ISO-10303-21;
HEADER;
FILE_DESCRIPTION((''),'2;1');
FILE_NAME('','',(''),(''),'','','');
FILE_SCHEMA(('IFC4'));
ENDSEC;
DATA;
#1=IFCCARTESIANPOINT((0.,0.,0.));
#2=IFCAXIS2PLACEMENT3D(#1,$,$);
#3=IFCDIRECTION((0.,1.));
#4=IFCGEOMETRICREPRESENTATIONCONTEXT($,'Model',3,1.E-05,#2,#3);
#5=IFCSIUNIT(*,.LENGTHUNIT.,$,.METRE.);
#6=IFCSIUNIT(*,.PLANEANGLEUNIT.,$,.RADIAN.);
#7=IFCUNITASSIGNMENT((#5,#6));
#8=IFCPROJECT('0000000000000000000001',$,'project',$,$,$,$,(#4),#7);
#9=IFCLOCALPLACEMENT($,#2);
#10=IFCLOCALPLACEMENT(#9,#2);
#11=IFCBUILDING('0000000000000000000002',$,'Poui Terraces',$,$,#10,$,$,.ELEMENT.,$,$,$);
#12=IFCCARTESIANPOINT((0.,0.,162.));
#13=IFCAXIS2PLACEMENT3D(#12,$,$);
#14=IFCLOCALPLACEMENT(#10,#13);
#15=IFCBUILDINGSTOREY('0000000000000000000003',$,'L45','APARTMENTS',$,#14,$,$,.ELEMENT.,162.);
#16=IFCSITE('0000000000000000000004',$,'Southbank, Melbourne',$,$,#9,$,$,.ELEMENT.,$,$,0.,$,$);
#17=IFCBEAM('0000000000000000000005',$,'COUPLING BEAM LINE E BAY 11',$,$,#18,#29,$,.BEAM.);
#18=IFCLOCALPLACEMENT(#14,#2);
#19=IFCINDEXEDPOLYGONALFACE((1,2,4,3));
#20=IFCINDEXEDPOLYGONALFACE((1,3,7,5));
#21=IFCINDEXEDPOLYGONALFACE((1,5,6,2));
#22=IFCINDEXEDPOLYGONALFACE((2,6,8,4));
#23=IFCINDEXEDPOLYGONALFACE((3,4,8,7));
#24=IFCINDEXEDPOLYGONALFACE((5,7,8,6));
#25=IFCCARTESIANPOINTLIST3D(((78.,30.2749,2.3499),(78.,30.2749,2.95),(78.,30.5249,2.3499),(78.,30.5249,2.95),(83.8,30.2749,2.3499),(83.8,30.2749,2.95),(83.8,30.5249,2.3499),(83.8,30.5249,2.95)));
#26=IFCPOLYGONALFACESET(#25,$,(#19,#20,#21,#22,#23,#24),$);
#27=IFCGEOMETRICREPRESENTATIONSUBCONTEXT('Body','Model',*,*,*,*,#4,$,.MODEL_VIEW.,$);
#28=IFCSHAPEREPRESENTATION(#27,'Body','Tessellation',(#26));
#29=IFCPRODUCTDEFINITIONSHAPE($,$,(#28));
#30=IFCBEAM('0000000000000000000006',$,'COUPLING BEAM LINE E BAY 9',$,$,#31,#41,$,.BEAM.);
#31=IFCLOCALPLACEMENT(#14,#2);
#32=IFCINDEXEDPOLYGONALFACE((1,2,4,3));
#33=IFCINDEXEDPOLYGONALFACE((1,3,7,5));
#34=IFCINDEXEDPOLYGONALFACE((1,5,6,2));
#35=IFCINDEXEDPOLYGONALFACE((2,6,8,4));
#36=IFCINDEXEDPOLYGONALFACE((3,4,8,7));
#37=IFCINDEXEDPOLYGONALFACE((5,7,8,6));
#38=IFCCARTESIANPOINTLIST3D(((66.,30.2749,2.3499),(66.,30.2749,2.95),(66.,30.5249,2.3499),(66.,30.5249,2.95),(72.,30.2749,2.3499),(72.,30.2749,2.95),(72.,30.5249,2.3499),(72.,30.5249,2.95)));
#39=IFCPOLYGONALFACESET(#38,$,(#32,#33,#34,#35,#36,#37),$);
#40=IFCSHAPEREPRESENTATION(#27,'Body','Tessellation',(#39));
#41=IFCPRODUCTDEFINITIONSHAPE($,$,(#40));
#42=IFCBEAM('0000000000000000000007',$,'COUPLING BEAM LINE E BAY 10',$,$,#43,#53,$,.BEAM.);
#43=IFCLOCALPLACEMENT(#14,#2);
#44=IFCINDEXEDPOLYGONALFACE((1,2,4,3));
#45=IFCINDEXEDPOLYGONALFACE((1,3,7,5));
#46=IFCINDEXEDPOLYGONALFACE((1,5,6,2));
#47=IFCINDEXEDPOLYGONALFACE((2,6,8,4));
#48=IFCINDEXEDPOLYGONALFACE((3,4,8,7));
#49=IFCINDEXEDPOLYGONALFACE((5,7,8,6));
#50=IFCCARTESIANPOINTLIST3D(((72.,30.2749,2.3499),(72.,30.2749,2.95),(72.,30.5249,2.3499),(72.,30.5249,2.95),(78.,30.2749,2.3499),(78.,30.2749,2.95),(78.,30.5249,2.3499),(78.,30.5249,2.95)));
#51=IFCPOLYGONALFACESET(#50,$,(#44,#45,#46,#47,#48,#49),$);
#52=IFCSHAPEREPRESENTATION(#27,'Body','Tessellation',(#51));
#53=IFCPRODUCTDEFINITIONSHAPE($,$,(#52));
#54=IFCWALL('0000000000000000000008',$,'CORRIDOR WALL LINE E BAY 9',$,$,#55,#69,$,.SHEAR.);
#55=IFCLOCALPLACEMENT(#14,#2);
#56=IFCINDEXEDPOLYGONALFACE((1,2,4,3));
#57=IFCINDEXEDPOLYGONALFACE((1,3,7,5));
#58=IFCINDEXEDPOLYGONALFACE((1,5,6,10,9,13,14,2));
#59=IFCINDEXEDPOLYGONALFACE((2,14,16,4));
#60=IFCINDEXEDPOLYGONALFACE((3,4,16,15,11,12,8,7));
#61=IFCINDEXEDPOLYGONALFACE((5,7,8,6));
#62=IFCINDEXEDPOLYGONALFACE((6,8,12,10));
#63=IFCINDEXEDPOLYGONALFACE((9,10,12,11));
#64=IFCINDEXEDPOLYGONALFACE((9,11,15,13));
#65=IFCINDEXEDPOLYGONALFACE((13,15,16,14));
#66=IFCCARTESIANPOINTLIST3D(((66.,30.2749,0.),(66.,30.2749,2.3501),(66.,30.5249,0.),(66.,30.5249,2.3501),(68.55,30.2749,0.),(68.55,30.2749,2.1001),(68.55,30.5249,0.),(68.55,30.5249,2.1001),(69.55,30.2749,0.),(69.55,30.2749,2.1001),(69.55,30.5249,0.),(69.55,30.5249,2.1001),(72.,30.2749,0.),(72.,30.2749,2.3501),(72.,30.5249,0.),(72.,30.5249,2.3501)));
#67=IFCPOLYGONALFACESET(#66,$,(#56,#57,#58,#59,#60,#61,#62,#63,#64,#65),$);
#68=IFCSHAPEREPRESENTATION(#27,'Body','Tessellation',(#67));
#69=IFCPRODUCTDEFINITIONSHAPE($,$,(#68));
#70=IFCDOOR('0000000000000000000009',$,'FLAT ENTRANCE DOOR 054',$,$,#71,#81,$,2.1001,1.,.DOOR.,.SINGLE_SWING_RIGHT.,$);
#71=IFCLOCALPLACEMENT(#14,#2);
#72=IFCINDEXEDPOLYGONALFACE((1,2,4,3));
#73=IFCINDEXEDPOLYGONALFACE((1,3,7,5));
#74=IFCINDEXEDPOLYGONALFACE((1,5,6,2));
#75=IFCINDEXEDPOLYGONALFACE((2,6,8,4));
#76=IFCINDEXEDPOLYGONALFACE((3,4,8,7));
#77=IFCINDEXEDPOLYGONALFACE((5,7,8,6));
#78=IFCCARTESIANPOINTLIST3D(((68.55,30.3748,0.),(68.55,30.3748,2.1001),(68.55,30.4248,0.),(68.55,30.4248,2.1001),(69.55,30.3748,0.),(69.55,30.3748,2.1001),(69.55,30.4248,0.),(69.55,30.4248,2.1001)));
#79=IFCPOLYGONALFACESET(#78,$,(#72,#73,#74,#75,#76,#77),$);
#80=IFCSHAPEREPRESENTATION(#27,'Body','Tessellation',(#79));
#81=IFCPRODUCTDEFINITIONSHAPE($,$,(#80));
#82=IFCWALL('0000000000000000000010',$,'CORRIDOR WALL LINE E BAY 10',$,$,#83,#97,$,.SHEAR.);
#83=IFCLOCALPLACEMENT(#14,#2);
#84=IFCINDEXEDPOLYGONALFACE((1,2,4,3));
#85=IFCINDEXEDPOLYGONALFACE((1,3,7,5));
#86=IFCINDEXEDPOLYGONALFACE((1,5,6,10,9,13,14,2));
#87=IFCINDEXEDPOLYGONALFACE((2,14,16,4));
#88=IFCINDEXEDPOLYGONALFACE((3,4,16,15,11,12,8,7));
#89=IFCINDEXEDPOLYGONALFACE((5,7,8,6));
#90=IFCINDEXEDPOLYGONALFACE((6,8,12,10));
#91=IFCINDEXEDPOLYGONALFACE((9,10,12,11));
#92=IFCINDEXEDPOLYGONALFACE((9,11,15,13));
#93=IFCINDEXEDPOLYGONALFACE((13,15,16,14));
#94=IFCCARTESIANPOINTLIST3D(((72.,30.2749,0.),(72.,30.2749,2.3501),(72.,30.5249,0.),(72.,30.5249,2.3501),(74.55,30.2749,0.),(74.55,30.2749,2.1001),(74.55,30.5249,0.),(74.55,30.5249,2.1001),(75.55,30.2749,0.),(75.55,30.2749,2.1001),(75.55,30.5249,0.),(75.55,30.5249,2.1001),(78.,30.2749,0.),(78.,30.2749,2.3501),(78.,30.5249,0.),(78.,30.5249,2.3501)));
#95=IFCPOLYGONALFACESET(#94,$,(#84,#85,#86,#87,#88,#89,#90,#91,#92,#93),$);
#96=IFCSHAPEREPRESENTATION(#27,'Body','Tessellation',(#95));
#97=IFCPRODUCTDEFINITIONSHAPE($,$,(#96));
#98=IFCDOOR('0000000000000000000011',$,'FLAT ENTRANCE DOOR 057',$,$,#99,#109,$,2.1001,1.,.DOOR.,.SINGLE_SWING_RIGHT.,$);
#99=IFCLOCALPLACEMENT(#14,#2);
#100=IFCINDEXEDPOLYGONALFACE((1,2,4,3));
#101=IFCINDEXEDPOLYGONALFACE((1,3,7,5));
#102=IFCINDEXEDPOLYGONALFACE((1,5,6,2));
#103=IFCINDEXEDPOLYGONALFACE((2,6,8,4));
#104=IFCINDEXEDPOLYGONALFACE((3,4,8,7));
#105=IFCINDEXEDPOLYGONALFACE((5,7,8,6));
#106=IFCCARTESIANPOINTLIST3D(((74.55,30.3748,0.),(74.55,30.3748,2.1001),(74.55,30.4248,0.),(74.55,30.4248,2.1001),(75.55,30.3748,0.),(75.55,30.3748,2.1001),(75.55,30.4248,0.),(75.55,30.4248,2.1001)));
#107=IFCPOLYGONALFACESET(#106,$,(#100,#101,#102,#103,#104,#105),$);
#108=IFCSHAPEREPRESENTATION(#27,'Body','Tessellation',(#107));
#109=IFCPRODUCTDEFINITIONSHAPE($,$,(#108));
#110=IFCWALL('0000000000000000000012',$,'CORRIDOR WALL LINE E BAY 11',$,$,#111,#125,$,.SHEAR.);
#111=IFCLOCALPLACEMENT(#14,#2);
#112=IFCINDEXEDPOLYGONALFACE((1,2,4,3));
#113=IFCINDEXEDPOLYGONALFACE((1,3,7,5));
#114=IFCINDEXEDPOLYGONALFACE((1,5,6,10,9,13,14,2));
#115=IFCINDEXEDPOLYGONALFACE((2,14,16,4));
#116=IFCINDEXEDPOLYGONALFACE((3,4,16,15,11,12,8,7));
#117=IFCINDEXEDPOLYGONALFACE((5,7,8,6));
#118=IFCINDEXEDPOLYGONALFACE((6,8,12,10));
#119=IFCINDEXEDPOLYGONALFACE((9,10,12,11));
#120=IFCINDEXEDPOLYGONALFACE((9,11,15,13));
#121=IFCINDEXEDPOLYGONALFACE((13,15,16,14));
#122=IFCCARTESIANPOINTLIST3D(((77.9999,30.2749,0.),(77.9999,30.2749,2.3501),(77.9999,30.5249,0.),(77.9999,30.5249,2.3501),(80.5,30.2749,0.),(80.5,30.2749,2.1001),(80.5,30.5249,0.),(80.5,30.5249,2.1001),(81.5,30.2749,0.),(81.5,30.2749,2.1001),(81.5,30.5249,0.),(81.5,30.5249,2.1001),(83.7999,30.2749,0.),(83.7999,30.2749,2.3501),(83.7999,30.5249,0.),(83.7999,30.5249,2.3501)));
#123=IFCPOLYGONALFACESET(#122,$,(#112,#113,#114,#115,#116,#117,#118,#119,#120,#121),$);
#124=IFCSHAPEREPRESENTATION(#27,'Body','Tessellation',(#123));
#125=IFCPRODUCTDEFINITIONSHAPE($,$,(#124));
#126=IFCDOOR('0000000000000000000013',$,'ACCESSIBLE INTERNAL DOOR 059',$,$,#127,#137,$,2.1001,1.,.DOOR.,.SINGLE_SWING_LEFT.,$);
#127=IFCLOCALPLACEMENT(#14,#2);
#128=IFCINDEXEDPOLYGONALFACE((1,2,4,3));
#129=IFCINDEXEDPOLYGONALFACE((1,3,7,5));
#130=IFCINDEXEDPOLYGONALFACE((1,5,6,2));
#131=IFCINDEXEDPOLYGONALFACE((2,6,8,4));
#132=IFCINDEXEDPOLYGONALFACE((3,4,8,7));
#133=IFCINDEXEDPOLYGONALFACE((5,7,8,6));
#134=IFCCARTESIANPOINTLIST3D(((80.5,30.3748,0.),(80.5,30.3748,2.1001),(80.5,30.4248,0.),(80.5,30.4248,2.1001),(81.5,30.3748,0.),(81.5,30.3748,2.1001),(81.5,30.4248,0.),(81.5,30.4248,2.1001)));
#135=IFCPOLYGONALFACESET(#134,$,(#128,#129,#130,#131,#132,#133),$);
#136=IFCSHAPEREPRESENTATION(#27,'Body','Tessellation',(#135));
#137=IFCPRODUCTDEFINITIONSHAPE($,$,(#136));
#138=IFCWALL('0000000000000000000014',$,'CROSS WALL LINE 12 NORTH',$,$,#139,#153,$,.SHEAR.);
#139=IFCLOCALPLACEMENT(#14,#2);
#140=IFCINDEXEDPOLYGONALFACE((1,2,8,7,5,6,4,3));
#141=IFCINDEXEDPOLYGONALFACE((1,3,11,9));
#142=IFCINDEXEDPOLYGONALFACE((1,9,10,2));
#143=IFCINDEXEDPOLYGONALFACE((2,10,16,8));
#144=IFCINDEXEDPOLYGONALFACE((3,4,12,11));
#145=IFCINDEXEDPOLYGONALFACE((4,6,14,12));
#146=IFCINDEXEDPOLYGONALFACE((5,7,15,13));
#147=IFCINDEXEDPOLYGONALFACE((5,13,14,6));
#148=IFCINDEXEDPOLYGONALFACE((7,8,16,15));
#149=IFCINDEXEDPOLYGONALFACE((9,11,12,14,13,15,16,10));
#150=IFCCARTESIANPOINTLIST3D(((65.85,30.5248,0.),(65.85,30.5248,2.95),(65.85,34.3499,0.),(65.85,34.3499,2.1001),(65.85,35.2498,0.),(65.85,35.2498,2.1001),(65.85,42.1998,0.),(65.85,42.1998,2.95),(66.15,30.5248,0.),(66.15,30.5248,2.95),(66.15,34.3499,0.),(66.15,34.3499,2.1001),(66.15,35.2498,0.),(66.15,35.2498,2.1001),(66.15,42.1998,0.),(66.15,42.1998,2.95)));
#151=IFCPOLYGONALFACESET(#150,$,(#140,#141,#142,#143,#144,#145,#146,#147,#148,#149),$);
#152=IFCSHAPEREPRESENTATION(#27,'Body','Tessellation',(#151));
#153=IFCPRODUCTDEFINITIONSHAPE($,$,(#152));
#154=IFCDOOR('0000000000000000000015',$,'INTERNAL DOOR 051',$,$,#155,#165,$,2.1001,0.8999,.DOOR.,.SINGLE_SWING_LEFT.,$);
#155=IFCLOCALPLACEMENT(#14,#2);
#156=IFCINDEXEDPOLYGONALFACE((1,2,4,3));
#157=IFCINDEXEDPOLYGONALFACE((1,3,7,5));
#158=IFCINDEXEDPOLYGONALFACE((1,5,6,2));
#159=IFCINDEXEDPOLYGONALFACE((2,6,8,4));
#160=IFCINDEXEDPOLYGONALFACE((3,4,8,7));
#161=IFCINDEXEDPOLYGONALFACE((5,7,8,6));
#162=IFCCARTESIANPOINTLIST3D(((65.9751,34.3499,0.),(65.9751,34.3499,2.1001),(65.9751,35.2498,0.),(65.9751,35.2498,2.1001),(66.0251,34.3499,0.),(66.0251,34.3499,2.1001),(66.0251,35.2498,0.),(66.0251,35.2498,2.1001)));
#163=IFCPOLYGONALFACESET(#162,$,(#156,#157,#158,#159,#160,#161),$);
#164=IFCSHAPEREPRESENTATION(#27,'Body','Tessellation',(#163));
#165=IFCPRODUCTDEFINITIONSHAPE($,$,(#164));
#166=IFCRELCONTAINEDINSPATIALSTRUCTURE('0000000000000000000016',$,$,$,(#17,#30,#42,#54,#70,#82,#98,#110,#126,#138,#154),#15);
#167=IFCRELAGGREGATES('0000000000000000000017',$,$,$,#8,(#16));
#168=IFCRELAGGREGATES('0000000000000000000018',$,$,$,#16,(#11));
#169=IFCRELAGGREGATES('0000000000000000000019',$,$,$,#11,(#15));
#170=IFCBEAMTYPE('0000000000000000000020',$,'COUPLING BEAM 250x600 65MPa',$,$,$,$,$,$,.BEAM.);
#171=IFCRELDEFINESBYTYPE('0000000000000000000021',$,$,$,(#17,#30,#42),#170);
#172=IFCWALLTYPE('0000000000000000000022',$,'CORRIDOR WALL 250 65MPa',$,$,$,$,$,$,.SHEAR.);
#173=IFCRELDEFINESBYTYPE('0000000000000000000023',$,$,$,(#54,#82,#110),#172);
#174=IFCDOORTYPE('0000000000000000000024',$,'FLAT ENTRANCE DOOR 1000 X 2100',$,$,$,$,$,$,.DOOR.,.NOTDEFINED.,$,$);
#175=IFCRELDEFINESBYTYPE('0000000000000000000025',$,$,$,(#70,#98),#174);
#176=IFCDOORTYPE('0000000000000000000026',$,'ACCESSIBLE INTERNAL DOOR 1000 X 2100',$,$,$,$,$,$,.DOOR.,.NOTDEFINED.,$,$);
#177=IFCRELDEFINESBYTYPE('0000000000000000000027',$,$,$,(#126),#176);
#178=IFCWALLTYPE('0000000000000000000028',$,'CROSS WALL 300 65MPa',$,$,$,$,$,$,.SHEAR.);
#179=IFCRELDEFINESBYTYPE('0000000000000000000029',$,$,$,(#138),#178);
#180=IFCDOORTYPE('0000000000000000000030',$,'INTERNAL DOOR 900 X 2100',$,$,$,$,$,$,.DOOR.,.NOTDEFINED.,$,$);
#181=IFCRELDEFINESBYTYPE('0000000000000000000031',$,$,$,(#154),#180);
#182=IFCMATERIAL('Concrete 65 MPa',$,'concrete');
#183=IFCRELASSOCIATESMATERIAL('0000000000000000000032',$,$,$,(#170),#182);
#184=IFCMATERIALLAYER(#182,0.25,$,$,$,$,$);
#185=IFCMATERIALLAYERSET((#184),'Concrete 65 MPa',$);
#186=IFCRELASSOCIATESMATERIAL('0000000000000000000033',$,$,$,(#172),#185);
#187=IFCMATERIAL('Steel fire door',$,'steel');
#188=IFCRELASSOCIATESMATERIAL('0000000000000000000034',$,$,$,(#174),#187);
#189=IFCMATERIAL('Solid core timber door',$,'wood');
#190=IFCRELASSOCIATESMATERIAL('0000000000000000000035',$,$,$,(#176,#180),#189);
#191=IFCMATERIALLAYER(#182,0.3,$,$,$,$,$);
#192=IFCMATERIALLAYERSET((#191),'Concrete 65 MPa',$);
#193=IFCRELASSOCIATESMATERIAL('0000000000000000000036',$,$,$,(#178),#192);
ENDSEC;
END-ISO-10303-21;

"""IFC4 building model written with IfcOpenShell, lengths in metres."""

from ifc_helpers import new_model, si_unit, direction, frame, frame_2d, origin, origin_2d, place, context, subcontext, project, spatial, rectangle, extrude, source, transform, mapped, material, layer, layer_set, material_profile, profile_set, type_object, element, fill, save


model = new_model("IFC4")

# Units and contexts
model_context = context("Model", 3, precision=1e-05, world=origin(), true_north=direction((0.0, 1.0)))
body_context = subcontext(model_context, "Body", "Model", "MODEL_VIEW")
ifc_project = project(units=[si_unit("LENGTHUNIT", "METRE"), si_unit("PLANEANGLEUNIT", "RADIAN")], contexts=[model_context])

# Site, building, storey
site_placement = place(None, origin())
site = spatial("IfcSite", under=ifc_project, at=site_placement, Name="Southbank, Melbourne", CompositionType="ELEMENT", RefElevation=0.0)
building_placement = place(site_placement, origin())
building = spatial("IfcBuilding", under=site, at=building_placement, Name="Poui Terraces", CompositionType="ELEMENT")
storey_placement = place(building_placement, frame((0.0, 0.0, 162.0)))
storey = spatial("IfcBuildingStorey", under=building, at=storey_placement, Name="L45", Description="APARTMENTS", CompositionType="ELEMENT", Elevation=162.0)

# Beams
ifc_material_1 = material(Name="Concrete 65 MPa", Category="concrete")
ifc_material_profile = material_profile(ifc_material_1, rectangle(XDim=0.25, YDim=0.6001, at=origin_2d()), Name="RC 250x600")
ifc_profile_set = profile_set([ifc_material_profile], Name="Concrete 65 MPa")
beam_type = type_object("IfcBeamType", Name="COUPLING BEAM 250x600 65MPa", PredefinedType="BEAM", material=ifc_profile_set)
shared_shape_1 = source(origin(), body_context, "Body", "SweptSolid", [
    extrude(rectangle(XDim=0.25, YDim=0.6001, at=origin_2d()), origin(), (0.0, 0.0, 1.0), 5.8),
])
beam_placement = place(storey_placement, frame((78.0, 30.3999, 2.6499), z_axis=(1.0, 0.0, 0.0), x_axis=(0.0, 1.0, 0.0)))
element("IfcBeam", 1, at=beam_placement, inside=storey, type_object=beam_type, Name="COUPLING BEAM LINE E BAY 11", PredefinedType="BEAM", context=body_context, shape_type="MappedRepresentation", body=[
    mapped(shared_shape_1, transform((0.0, 0.0, 0.0))),
])
shared_shape_2 = source(origin(), body_context, "Body", "SweptSolid", [
    extrude(rectangle(XDim=0.25, YDim=0.6001, at=origin_2d()), origin(), (0.0, 0.0, 1.0), 6.0),
])
for number, where, z_axis, x_axis, name in (
    (2, (66.0, 30.3999, 2.6499), (1.0, 0.0, 0.0), (0.0, 1.0, 0.0), "COUPLING BEAM LINE E BAY 9"),
    (3, (72.0, 30.3999, 2.6499), (1.0, 0.0, 0.0), (0.0, 1.0, 0.0), "COUPLING BEAM LINE E BAY 10"),
):
    element("IfcBeam", number, at=place(storey_placement, frame(where, z_axis=z_axis, x_axis=x_axis)), inside=storey, type_object=beam_type, Name=name, PredefinedType="BEAM", context=body_context, shape_type="MappedRepresentation", body=[
        mapped(shared_shape_2, transform((0.0, 0.0, 0.0))),
    ])

# Walls, openings, doors
ifc_layer_1 = layer(ifc_material_1, 0.25)
ifc_layer_set_1 = layer_set([ifc_layer_1], Name="Concrete 65 MPa")
wall_type_1 = type_object("IfcWallType", Name="CORRIDOR WALL 250 65MPa", PredefinedType="SHEAR", material=ifc_layer_set_1)
wall_1_placement = place(storey_placement, frame((66.0, 30.3999, 0.0), z_axis=(0.0, 0.0, 1.0), x_axis=(1.0, 0.0, 0.0)))
wall_1 = element("IfcWall", 4, at=wall_1_placement, inside=storey, type_object=wall_type_1, Name="CORRIDOR WALL LINE E BAY 9", PredefinedType="SHEAR", context=body_context, shape_type="SweptSolid", body=[
    extrude(rectangle(XDim=6.0, YDim=0.25, at=frame_2d((3.0, 0.0))), origin(), (0.0, 0.0, 1.0), 2.3501),
])
opening_1_placement = place(wall_1_placement, frame((2.55, 0.0, 0.0)))
opening_1 = element("IfcOpeningElement", 5, at=opening_1_placement, cuts=wall_1, PredefinedType="OPENING", context=body_context, shape_type="SweptSolid", body=[
    extrude(rectangle(XDim=1.0, YDim=2.1001, at=frame_2d((0.5, 1.05))), frame((0.0, 0.135, 0.0), z_axis=(0.0, -1.0, 0.0), x_axis=(1.0, 0.0, 0.0)), (0.0, 0.0, 1.0), 0.27),
])
ifc_material_2 = material(Name="Steel fire door", Category="steel")
door_type_1 = type_object("IfcDoorType", Name="FLAT ENTRANCE DOOR 1000 X 2100", OperationType="NOTDEFINED", PredefinedType="DOOR", material=ifc_material_2)
door_1_placement = place(opening_1_placement, origin())
door_1 = element("IfcDoor", 6, at=door_1_placement, inside=storey, type_object=door_type_1, Name="FLAT ENTRANCE DOOR 054", OperationType="SINGLE_SWING_RIGHT", OverallHeight=2.1001, OverallWidth=1.0, PredefinedType="DOOR", context=body_context, shape_type="SweptSolid", body=[
    extrude(rectangle(XDim=1.0, YDim=2.1001, at=frame_2d((0.5, 1.05))), frame((0.0, 0.0249, 0.0), z_axis=(0.0, -1.0, 0.0), x_axis=(1.0, 0.0, 0.0)), (0.0, 0.0, 1.0), 0.05),
])
fill(opening_1, door_1)
wall_2_placement = place(storey_placement, frame((72.0, 30.3999, 0.0), z_axis=(0.0, 0.0, 1.0), x_axis=(1.0, 0.0, 0.0)))
wall_2 = element("IfcWall", 7, at=wall_2_placement, inside=storey, type_object=wall_type_1, Name="CORRIDOR WALL LINE E BAY 10", PredefinedType="SHEAR", context=body_context, shape_type="SweptSolid", body=[
    extrude(rectangle(XDim=6.0, YDim=0.25, at=frame_2d((3.0, 0.0))), origin(), (0.0, 0.0, 1.0), 2.3501),
])
opening_2_placement = place(wall_2_placement, frame((2.55, 0.0, 0.0)))
opening_2 = element("IfcOpeningElement", 8, at=opening_2_placement, cuts=wall_2, PredefinedType="OPENING", context=body_context, shape_type="SweptSolid", body=[
    extrude(rectangle(XDim=1.0, YDim=2.1001, at=frame_2d((0.5, 1.05))), frame((0.0, 0.135, 0.0), z_axis=(0.0, -1.0, 0.0), x_axis=(1.0, 0.0, 0.0)), (0.0, 0.0, 1.0), 0.27),
])
door_2_placement = place(opening_2_placement, origin())
door_2 = element("IfcDoor", 9, at=door_2_placement, inside=storey, type_object=door_type_1, Name="FLAT ENTRANCE DOOR 057", OperationType="SINGLE_SWING_RIGHT", OverallHeight=2.1001, OverallWidth=1.0, PredefinedType="DOOR", context=body_context, shape_type="SweptSolid", body=[
    extrude(rectangle(XDim=1.0, YDim=2.1001, at=frame_2d((0.5, 1.05))), frame((0.0, 0.0249, 0.0), z_axis=(0.0, -1.0, 0.0), x_axis=(1.0, 0.0, 0.0)), (0.0, 0.0, 1.0), 0.05),
])
fill(opening_2, door_2)
wall_3_placement = place(storey_placement, frame((78.0, 30.3999, 0.0), z_axis=(0.0, 0.0, 1.0), x_axis=(1.0, 0.0, 0.0)))
wall_3 = element("IfcWall", 10, at=wall_3_placement, inside=storey, type_object=wall_type_1, Name="CORRIDOR WALL LINE E BAY 11", PredefinedType="SHEAR", context=body_context, shape_type="SweptSolid", body=[
    extrude(rectangle(XDim=5.8, YDim=0.25, at=frame_2d((2.8999, 0.0))), origin(), (0.0, 0.0, 1.0), 2.3501),
])
opening_3_placement = place(wall_3_placement, frame((2.5, 0.0, 0.0)))
opening_3 = element("IfcOpeningElement", 11, at=opening_3_placement, cuts=wall_3, PredefinedType="OPENING", context=body_context, shape_type="SweptSolid", body=[
    extrude(rectangle(XDim=1.0, YDim=2.1001, at=frame_2d((0.5, 1.05))), frame((0.0, 0.135, 0.0), z_axis=(0.0, -1.0, 0.0), x_axis=(1.0, 0.0, 0.0)), (0.0, 0.0, 1.0), 0.27),
])
ifc_material_3 = material(Name="Solid core timber door", Category="wood")
door_type_2 = type_object("IfcDoorType", Name="ACCESSIBLE INTERNAL DOOR 1000 X 2100", OperationType="NOTDEFINED", PredefinedType="DOOR", material=ifc_material_3)
door_3_placement = place(opening_3_placement, origin())
door_3 = element("IfcDoor", 12, at=door_3_placement, inside=storey, type_object=door_type_2, Name="ACCESSIBLE INTERNAL DOOR 059", OperationType="SINGLE_SWING_LEFT", OverallHeight=2.1001, OverallWidth=1.0, PredefinedType="DOOR", context=body_context, shape_type="SweptSolid", body=[
    extrude(rectangle(XDim=1.0, YDim=2.1001, at=frame_2d((0.5, 1.05))), frame((0.0, 0.0249, 0.0), z_axis=(0.0, -1.0, 0.0), x_axis=(1.0, 0.0, 0.0)), (0.0, 0.0, 1.0), 0.05),
])
fill(opening_3, door_3)
ifc_layer_2 = layer(ifc_material_1, 0.3)
ifc_layer_set_2 = layer_set([ifc_layer_2], Name="Concrete 65 MPa")
wall_type_2 = type_object("IfcWallType", Name="CROSS WALL 300 65MPa", PredefinedType="SHEAR", material=ifc_layer_set_2)
wall_4_placement = place(storey_placement, frame((66.0, 30.5249, 0.0), z_axis=(0.0, 0.0, 1.0), x_axis=(0.0, 1.0, 0.0)))
wall_4 = element("IfcWall", 13, at=wall_4_placement, inside=storey, type_object=wall_type_2, Name="CROSS WALL LINE 12 NORTH", PredefinedType="SHEAR", context=body_context, shape_type="SweptSolid", body=[
    extrude(rectangle(XDim=11.675, YDim=0.3, at=frame_2d((5.8374, 0.0))), origin(), (0.0, 0.0, 1.0), 2.95),
])
opening_4_placement = place(wall_4_placement, frame((3.825, 0.0, 0.0)))
opening_4 = element("IfcOpeningElement", 14, at=opening_4_placement, cuts=wall_4, PredefinedType="OPENING", context=body_context, shape_type="SweptSolid", body=[
    extrude(rectangle(XDim=0.8999, YDim=2.1001, at=frame_2d((0.45, 1.05))), frame((0.0, 0.1602, 0.0), z_axis=(0.0, -1.0, 0.0), x_axis=(1.0, 0.0, 0.0)), (0.0, 0.0, 1.0), 0.3201),
])
door_type_3 = type_object("IfcDoorType", Name="INTERNAL DOOR 900 X 2100", OperationType="NOTDEFINED", PredefinedType="DOOR", material=ifc_material_3)
door_4_placement = place(opening_4_placement, origin())
door_4 = element("IfcDoor", 15, at=door_4_placement, inside=storey, type_object=door_type_3, Name="INTERNAL DOOR 051", OperationType="SINGLE_SWING_LEFT", OverallHeight=2.1001, OverallWidth=0.8999, PredefinedType="DOOR", context=body_context, shape_type="SweptSolid", body=[
    extrude(rectangle(XDim=0.8999, YDim=2.1001, at=frame_2d((0.45, 1.05))), frame((0.0, 0.0249, 0.0), z_axis=(0.0, -1.0, 0.0), x_axis=(1.0, 0.0, 0.0)), (0.0, 0.0, 1.0), 0.05),
])
fill(opening_4, door_4)

save(model, "model.ifc")
